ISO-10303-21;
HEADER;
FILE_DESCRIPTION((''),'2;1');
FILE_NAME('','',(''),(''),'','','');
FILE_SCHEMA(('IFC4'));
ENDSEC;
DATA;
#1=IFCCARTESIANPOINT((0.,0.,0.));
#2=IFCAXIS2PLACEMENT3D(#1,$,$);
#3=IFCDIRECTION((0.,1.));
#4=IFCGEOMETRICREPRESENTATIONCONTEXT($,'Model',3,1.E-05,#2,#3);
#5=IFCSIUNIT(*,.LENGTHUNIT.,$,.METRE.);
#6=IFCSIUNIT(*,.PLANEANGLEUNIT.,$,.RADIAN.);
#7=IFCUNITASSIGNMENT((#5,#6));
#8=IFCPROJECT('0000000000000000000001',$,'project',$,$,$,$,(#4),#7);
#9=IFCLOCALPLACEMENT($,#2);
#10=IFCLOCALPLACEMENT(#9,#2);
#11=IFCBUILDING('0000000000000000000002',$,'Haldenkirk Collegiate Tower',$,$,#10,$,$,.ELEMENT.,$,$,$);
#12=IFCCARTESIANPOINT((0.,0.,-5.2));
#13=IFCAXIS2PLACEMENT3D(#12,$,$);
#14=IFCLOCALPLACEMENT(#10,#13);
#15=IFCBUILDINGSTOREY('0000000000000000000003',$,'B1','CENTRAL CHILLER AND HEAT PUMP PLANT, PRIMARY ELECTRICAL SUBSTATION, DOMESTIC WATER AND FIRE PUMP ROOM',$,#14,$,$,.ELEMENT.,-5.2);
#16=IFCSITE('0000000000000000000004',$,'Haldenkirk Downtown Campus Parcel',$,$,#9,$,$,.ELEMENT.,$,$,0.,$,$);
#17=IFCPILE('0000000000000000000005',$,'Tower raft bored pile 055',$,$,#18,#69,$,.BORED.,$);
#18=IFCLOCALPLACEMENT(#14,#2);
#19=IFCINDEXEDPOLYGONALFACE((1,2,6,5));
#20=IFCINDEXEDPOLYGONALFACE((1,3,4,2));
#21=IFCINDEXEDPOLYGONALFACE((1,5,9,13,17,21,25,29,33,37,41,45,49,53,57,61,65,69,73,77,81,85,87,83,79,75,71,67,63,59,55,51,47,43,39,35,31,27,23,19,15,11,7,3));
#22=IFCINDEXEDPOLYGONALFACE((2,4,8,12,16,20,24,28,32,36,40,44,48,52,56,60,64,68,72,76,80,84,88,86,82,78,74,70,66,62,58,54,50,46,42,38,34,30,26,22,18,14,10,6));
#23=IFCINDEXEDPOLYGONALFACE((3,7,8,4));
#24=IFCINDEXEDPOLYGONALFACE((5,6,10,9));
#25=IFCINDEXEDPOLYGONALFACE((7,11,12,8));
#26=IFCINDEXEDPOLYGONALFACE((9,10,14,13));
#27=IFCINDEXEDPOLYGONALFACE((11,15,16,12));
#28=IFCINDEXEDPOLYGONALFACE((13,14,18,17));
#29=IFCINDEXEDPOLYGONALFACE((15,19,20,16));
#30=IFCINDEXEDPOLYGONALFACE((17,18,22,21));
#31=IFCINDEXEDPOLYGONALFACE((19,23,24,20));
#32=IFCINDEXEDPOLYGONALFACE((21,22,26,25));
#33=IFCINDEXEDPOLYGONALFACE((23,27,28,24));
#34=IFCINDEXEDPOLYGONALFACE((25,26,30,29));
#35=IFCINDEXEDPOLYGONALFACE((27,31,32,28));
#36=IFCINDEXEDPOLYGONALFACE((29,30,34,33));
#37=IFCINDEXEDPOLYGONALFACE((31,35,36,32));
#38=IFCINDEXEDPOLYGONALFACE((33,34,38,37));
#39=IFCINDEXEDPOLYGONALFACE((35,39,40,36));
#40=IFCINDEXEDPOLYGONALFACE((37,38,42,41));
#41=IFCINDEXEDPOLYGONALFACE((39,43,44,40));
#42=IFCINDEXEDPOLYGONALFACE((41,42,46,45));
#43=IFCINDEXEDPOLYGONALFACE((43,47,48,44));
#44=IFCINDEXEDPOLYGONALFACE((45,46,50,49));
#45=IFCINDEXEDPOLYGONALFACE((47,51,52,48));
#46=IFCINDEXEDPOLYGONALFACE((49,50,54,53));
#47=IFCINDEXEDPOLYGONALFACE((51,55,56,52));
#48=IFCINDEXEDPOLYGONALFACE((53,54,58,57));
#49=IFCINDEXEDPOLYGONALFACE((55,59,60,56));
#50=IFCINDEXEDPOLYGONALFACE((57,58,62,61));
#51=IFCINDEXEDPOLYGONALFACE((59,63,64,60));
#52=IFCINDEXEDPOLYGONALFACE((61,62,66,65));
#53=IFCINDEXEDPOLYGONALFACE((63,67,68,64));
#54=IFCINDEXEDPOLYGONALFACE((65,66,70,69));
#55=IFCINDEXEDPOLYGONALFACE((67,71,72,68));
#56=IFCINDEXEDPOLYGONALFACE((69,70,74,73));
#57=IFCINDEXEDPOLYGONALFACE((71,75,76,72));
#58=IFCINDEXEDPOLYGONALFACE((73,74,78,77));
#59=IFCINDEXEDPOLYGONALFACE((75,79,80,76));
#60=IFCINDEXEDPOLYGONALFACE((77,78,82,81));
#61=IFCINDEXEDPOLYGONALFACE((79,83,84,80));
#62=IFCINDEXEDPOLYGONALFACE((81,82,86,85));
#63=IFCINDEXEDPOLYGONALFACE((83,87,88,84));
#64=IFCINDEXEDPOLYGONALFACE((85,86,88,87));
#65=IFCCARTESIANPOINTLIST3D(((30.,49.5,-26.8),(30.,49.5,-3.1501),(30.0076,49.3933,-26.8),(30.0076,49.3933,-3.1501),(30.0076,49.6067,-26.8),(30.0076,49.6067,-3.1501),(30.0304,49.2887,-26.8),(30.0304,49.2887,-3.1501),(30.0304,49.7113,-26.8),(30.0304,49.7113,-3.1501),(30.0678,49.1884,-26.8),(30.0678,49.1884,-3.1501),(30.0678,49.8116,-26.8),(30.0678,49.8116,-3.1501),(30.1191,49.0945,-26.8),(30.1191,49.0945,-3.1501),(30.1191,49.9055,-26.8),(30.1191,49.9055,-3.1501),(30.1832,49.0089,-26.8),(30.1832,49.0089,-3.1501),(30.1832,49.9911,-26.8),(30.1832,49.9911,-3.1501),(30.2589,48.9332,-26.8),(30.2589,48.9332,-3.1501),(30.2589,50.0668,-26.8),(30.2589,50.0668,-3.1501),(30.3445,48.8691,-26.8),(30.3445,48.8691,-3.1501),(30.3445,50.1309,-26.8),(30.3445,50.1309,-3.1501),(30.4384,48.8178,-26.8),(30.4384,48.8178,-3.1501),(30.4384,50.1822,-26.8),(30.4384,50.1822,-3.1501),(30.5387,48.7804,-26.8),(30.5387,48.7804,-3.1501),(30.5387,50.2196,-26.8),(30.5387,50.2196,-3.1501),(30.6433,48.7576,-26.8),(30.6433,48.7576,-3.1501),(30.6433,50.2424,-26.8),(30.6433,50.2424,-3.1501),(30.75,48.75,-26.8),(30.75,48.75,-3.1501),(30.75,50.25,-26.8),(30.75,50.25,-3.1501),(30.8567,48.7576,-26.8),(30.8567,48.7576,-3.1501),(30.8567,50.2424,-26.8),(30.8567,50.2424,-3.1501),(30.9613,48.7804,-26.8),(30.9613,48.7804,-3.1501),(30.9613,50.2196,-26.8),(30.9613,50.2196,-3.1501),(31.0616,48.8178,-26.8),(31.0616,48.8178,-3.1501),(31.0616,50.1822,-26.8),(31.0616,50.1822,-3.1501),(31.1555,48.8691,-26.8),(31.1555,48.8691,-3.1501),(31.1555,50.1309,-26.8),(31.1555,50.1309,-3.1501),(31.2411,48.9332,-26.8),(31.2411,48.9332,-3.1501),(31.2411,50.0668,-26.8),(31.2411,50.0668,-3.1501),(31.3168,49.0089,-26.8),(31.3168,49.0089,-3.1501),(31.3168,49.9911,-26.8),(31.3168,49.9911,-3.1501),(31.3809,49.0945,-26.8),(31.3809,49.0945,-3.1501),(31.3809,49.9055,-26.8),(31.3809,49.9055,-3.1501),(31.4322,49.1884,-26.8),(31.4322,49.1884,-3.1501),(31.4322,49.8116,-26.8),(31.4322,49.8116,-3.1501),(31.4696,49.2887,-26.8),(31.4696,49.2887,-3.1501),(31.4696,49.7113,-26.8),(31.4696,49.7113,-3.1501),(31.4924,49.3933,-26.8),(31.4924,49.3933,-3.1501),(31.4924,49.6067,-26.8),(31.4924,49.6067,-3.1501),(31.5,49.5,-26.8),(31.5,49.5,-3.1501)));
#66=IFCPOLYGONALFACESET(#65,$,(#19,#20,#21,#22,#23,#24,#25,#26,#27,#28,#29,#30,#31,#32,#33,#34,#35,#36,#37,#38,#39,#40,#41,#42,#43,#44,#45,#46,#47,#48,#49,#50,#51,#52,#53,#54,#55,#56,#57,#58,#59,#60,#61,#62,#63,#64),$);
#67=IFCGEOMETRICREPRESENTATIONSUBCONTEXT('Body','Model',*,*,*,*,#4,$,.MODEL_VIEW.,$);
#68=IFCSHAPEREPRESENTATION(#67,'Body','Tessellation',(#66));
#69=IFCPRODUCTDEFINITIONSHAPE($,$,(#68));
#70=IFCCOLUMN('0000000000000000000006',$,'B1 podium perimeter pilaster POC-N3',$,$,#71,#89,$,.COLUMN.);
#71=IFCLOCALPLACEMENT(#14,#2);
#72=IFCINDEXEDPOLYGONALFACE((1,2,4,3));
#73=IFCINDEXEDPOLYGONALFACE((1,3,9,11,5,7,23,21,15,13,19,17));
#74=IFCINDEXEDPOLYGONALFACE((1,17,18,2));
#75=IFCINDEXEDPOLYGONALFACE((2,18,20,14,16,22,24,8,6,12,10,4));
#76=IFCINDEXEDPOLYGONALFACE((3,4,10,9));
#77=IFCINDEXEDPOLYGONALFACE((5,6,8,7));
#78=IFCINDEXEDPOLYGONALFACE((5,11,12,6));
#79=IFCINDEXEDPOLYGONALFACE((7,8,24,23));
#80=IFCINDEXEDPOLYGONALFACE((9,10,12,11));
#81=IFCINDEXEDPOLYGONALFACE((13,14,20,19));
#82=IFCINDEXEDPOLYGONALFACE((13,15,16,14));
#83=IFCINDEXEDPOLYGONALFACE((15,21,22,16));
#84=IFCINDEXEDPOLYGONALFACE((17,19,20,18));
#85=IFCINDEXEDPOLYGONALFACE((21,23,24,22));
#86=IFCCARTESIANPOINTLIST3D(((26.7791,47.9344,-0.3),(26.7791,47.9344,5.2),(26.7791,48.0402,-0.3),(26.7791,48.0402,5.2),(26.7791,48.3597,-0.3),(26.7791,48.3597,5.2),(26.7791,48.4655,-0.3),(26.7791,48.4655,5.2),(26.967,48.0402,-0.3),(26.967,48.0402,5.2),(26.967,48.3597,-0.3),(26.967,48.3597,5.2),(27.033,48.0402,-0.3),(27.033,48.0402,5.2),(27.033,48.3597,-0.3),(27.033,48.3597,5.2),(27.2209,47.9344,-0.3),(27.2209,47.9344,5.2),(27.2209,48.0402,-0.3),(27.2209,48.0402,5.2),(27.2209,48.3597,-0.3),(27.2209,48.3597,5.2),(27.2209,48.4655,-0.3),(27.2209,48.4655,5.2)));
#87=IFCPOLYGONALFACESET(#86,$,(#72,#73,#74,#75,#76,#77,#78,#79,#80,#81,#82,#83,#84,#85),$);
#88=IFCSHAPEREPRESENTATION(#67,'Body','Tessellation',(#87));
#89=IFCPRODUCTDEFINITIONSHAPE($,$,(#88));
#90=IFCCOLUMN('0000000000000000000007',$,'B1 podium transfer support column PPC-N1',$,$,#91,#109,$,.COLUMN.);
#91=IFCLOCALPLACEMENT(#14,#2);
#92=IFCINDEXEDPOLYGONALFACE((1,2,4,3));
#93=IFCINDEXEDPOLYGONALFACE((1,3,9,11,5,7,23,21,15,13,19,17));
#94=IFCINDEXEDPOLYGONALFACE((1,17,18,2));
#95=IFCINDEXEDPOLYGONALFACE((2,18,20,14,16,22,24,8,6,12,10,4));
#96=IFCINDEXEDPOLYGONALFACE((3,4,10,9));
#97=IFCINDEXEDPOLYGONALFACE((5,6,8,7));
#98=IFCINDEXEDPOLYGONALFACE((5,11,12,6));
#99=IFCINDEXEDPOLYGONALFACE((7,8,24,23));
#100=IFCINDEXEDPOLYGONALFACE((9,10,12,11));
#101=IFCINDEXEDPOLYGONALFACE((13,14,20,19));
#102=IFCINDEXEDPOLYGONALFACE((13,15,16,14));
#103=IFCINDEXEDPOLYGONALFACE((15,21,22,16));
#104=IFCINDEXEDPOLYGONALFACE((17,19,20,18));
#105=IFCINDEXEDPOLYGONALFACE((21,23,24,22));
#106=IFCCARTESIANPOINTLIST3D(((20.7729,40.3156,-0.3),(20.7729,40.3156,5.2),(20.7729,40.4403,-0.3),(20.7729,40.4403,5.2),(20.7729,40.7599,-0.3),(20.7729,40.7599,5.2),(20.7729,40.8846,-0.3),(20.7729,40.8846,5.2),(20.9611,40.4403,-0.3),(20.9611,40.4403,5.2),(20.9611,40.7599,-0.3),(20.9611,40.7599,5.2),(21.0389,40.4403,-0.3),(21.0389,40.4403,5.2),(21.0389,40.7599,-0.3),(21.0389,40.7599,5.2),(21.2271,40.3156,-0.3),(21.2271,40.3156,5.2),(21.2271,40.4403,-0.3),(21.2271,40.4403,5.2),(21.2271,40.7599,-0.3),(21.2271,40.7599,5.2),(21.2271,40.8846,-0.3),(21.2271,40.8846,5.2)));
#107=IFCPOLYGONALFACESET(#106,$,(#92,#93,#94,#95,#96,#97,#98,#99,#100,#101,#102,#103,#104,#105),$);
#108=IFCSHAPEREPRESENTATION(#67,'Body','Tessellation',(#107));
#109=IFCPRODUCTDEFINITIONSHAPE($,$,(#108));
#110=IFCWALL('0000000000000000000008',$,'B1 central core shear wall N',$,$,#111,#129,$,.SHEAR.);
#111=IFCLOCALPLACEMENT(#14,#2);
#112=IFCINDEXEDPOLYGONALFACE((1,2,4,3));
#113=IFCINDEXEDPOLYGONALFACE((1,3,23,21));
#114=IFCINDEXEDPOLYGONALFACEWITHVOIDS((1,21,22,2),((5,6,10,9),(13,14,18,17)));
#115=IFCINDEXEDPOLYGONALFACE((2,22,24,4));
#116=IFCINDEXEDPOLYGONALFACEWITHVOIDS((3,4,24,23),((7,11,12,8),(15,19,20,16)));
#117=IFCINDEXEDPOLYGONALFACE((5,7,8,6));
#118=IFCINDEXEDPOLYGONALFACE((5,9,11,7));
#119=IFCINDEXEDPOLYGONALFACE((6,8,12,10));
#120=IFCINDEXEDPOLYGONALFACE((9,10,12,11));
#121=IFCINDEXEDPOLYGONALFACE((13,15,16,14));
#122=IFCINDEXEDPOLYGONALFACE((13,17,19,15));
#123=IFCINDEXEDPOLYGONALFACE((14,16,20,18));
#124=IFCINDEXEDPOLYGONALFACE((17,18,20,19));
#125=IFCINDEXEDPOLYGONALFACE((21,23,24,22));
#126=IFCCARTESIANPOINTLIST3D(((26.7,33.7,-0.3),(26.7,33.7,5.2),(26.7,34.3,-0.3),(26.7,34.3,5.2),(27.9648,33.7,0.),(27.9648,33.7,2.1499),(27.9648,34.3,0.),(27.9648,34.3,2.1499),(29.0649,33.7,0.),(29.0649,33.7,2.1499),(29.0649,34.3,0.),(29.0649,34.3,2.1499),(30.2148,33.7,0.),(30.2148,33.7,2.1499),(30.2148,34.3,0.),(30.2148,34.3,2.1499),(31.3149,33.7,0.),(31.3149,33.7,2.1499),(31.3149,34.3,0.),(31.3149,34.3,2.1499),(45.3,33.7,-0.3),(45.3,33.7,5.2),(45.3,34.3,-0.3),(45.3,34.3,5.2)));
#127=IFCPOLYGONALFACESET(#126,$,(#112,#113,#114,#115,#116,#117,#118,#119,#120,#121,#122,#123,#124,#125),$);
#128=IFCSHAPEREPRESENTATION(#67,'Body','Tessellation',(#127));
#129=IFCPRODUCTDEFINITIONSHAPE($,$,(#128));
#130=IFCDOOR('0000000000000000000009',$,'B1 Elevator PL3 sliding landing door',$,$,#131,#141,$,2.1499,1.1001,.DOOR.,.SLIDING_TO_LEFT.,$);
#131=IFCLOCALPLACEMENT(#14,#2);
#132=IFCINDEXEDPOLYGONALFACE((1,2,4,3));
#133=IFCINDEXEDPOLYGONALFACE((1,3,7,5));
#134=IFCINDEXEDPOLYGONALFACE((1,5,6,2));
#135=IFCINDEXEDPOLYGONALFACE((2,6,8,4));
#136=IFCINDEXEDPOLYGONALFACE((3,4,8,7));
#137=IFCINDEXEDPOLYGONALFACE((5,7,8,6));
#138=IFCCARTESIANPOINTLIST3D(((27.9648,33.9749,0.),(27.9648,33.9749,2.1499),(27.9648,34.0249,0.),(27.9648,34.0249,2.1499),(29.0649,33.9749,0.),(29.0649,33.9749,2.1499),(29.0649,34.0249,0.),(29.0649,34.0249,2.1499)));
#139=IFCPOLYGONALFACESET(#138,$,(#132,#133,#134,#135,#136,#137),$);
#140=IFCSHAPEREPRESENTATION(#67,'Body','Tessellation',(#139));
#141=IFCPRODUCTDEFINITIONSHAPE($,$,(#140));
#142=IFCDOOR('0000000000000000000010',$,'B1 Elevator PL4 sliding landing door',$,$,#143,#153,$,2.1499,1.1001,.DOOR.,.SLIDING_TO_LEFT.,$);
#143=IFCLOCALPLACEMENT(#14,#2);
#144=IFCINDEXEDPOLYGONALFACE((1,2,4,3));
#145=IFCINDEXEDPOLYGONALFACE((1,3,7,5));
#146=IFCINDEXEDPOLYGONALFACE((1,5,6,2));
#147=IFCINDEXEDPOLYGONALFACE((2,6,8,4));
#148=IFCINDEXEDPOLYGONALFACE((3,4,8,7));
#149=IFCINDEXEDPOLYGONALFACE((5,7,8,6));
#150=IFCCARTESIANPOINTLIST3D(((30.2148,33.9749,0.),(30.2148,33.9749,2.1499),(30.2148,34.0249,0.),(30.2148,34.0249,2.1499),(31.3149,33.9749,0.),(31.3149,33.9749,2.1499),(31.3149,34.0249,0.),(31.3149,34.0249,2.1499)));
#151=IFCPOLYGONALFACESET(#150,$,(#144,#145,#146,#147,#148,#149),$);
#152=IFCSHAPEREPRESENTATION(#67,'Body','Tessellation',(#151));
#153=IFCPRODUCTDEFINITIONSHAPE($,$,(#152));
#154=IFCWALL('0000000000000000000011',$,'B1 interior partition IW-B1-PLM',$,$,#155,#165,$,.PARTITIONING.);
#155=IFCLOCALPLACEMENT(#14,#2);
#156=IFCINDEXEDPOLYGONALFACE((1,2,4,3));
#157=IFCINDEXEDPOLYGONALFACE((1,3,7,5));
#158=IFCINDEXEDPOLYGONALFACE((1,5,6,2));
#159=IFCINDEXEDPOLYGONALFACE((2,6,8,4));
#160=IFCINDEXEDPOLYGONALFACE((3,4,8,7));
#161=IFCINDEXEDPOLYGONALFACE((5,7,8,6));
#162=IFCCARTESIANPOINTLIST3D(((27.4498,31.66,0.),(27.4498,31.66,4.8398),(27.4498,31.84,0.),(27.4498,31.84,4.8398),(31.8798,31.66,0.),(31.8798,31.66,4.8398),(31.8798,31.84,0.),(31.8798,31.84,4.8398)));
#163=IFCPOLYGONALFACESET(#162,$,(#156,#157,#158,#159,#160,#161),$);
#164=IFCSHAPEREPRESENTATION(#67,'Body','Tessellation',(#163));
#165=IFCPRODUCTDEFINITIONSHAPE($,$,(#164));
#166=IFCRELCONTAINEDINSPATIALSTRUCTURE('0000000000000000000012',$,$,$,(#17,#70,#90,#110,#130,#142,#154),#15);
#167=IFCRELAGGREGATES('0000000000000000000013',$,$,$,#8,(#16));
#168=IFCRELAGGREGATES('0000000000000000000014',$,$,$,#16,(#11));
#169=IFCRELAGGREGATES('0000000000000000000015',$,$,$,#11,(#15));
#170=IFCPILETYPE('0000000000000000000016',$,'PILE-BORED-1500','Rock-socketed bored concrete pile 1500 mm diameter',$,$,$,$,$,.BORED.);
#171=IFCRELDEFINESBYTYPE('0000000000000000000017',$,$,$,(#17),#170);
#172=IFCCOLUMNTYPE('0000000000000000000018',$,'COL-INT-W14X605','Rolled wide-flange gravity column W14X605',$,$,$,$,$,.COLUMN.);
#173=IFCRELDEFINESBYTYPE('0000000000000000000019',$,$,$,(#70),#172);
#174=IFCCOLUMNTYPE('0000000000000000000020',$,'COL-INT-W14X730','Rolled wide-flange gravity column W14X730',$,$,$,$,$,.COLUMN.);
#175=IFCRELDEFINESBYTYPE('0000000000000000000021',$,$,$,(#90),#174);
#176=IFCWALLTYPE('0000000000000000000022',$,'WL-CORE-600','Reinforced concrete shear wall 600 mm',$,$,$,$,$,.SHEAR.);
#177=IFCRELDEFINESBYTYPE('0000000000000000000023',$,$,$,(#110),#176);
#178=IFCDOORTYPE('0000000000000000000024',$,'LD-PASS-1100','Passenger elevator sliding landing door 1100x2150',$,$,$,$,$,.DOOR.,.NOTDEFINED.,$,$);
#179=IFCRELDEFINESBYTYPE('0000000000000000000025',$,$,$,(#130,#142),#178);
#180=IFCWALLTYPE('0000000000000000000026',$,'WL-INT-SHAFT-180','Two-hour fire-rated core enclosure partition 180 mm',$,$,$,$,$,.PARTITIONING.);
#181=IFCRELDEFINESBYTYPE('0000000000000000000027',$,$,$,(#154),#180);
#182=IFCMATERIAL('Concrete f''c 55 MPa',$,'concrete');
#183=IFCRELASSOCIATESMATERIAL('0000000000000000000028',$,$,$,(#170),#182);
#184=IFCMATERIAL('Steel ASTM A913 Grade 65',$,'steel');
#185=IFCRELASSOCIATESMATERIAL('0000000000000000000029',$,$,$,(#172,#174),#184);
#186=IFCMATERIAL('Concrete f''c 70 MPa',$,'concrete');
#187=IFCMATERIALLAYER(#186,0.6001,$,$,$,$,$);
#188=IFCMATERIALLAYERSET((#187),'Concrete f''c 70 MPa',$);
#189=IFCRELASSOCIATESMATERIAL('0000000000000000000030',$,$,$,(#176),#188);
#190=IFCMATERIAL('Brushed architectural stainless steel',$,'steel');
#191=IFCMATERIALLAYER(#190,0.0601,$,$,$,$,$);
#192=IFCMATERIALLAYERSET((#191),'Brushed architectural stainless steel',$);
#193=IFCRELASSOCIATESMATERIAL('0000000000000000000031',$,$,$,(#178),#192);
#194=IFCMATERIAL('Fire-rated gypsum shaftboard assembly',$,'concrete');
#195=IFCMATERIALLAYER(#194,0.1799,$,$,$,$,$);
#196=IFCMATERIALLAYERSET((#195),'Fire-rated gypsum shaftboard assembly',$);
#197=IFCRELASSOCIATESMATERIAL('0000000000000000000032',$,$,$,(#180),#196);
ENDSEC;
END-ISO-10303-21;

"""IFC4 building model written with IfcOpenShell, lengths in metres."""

from ifc_helpers import new_model, si_unit, direction, frame, frame_2d, origin, origin_2d, place, context, subcontext, project, spatial, rectangle, circle, i_section, extrude, material, layer, layer_set, material_profile, profile_set, type_object, element, fill, save


model = new_model("IFC4")

# Units and contexts
model_context = context("Model", 3, precision=1e-05, world=origin(), true_north=direction((0.0, 1.0)))
body_context = subcontext(model_context, "Body", "Model", "MODEL_VIEW")
ifc_project = project(units=[si_unit("LENGTHUNIT", "METRE"), si_unit("PLANEANGLEUNIT", "RADIAN")], contexts=[model_context])

# Site, building, storey
site_placement = place(None, origin())
site = spatial("IfcSite", under=ifc_project, at=site_placement, Name="Haldenkirk Downtown Campus Parcel", CompositionType="ELEMENT", RefElevation=0.0)
building_placement = place(site_placement, origin())
building = spatial("IfcBuilding", under=site, at=building_placement, Name="Haldenkirk Collegiate Tower", CompositionType="ELEMENT")
storey_placement = place(building_placement, frame((0.0, 0.0, -5.2)))
storey = spatial("IfcBuildingStorey", under=building, at=storey_placement, Name="B1", Description="CENTRAL CHILLER AND HEAT PUMP PLANT, PRIMARY ELECTRICAL SUBSTATION, DOMESTIC WATER AND FIRE PUMP ROOM", CompositionType="ELEMENT", Elevation=-5.2)

# Pile
ifc_material_1 = material(Name="Concrete f'c 55 MPa", Category="concrete")
ifc_material_profile_1 = material_profile(ifc_material_1, circle(Radius=0.75, at=origin_2d()), Name="PILE1500")
ifc_profile_set_1 = profile_set([ifc_material_profile_1], Name="Concrete f'c 55 MPa")
pile_type = type_object("IfcPileType", Name="PILE-BORED-1500", Description="Rock-socketed bored concrete pile 1500 mm diameter", PredefinedType="BORED", material=ifc_profile_set_1)
for number, where, z_axis, x_axis, name in (
    (1, (30.75, 49.5, -3.1501), (0.0, 0.0, -1.0), (1.0, 0.0, 0.0), "Tower raft bored pile 055"),
):
    element("IfcPile", number, at=place(storey_placement, frame(where, z_axis=z_axis, x_axis=x_axis)), inside=storey, type_object=pile_type, Name=name, PredefinedType="BORED", context=body_context, shape_type="SweptSolid", body=[
        extrude(circle(Radius=0.75, at=origin_2d()), origin(), (0.0, 0.0, 1.0), 23.6499),
    ])

# Columns
ifc_material_2 = material(Name="Steel ASTM A913 Grade 65", Category="steel")
ifc_material_profile_2 = material_profile(ifc_material_2, i_section(OverallWidth=0.4419, OverallDepth=0.531, WebThickness=0.0659, FlangeThickness=0.1057, at=origin_2d()), Name="W14X605")
ifc_profile_set_2 = profile_set([ifc_material_profile_2], Name="Steel ASTM A913 Grade 65")
column_type_1 = type_object("IfcColumnType", Name="COL-INT-W14X605", Description="Rolled wide-flange gravity column W14X605", PredefinedType="COLUMN", material=ifc_profile_set_2)
column_1_placement = place(storey_placement, frame((27.0, 48.2, -0.3), z_axis=(0.0, 0.0, 1.0), x_axis=(1.0, 0.0, 0.0)))
element("IfcColumn", 2, at=column_1_placement, inside=storey, type_object=column_type_1, Name="B1 podium perimeter pilaster POC-N3", PredefinedType="COLUMN", context=body_context, shape_type="SweptSolid", body=[
    extrude(i_section(OverallWidth=0.4419, OverallDepth=0.531, WebThickness=0.0659, FlangeThickness=0.1057, at=origin_2d()), origin(), (0.0, 0.0, 1.0), 5.5),
])
ifc_material_profile_3 = material_profile(ifc_material_2, i_section(OverallWidth=0.4541, OverallDepth=0.5691, WebThickness=0.0779, FlangeThickness=0.1248, at=origin_2d()), Name="W14X730")
ifc_profile_set_3 = profile_set([ifc_material_profile_3], Name="Steel ASTM A913 Grade 65")
column_type_2 = type_object("IfcColumnType", Name="COL-INT-W14X730", Description="Rolled wide-flange gravity column W14X730", PredefinedType="COLUMN", material=ifc_profile_set_3)
column_2_placement = place(storey_placement, frame((21.0, 40.6001, -0.3), z_axis=(0.0, 0.0, 1.0), x_axis=(1.0, 0.0, 0.0)))
element("IfcColumn", 3, at=column_2_placement, inside=storey, type_object=column_type_2, Name="B1 podium transfer support column PPC-N1", PredefinedType="COLUMN", context=body_context, shape_type="SweptSolid", body=[
    extrude(i_section(OverallWidth=0.4541, OverallDepth=0.5691, WebThickness=0.0779, FlangeThickness=0.1248, at=origin_2d()), origin(), (0.0, 0.0, 1.0), 5.5),
])

# Wall, openings, doors
ifc_material_3 = material(Name="Concrete f'c 70 MPa", Category="concrete")
ifc_layer_1 = layer(ifc_material_3, 0.6001)
ifc_layer_set_1 = layer_set([ifc_layer_1], Name="Concrete f'c 70 MPa")
wall_type_1 = type_object("IfcWallType", Name="WL-CORE-600", Description="Reinforced concrete shear wall 600 mm", PredefinedType="SHEAR", material=ifc_layer_set_1)
wall_1_placement = place(storey_placement, frame((26.7, 34.0, -0.3), z_axis=(0.0, 0.0, 1.0), x_axis=(1.0, 0.0, 0.0)))
wall_1 = element("IfcWall", 4, at=wall_1_placement, inside=storey, type_object=wall_type_1, Name="B1 central core shear wall N", PredefinedType="SHEAR", context=body_context, shape_type="SweptSolid", body=[
    extrude(rectangle(XDim=18.6001, YDim=0.6001, at=frame_2d((9.3, 0.0))), origin(), (0.0, 0.0, 1.0), 5.5),
])
opening_1_placement = place(wall_1_placement, frame((1.2649, 0.0, 0.3)))
opening_1 = element("IfcOpeningElement", 5, at=opening_1_placement, cuts=wall_1, PredefinedType="OPENING", context=body_context, shape_type="SweptSolid", body=[
    extrude(rectangle(XDim=1.1001, YDim=2.1499, at=frame_2d((0.55, 1.075))), frame((0.0, 0.3101, 0.0), z_axis=(0.0, -1.0, 0.0), x_axis=(1.0, 0.0, 0.0)), (0.0, 0.0, 1.0), 0.6201),
])
opening_2_placement = place(wall_1_placement, frame((3.5149, 0.0, 0.3)))
opening_2 = element("IfcOpeningElement", 6, at=opening_2_placement, cuts=wall_1, PredefinedType="OPENING", context=body_context, shape_type="SweptSolid", body=[
    extrude(rectangle(XDim=1.1001, YDim=2.1499, at=frame_2d((0.55, 1.075))), frame((0.0, 0.3101, 0.0), z_axis=(0.0, -1.0, 0.0), x_axis=(1.0, 0.0, 0.0)), (0.0, 0.0, 1.0), 0.6201),
])
ifc_material_4 = material(Name="Brushed architectural stainless steel", Category="steel")
ifc_layer_2 = layer(ifc_material_4, 0.0601)
ifc_layer_set_2 = layer_set([ifc_layer_2], Name="Brushed architectural stainless steel")
door_type = type_object("IfcDoorType", Name="LD-PASS-1100", Description="Passenger elevator sliding landing door 1100x2150", OperationType="NOTDEFINED", PredefinedType="DOOR", material=ifc_layer_set_2)
door_1_placement = place(opening_1_placement, origin())
door_1 = element("IfcDoor", 7, at=door_1_placement, inside=storey, type_object=door_type, Name="B1 Elevator PL3 sliding landing door", OperationType="SLIDING_TO_LEFT", OverallHeight=2.1499, OverallWidth=1.1001, PredefinedType="DOOR", context=body_context, shape_type="SweptSolid", body=[
    extrude(rectangle(XDim=1.1001, YDim=2.1499, at=frame_2d((0.55, 1.075))), frame((0.0, 0.0249, 0.0), z_axis=(0.0, -1.0, 0.0), x_axis=(1.0, 0.0, 0.0)), (0.0, 0.0, 1.0), 0.05),
])
fill(opening_1, door_1)
door_2_placement = place(opening_2_placement, origin())
door_2 = element("IfcDoor", 8, at=door_2_placement, inside=storey, type_object=door_type, Name="B1 Elevator PL4 sliding landing door", OperationType="SLIDING_TO_LEFT", OverallHeight=2.1499, OverallWidth=1.1001, PredefinedType="DOOR", context=body_context, shape_type="SweptSolid", body=[
    extrude(rectangle(XDim=1.1001, YDim=2.1499, at=frame_2d((0.55, 1.075))), frame((0.0, 0.0249, 0.0), z_axis=(0.0, -1.0, 0.0), x_axis=(1.0, 0.0, 0.0)), (0.0, 0.0, 1.0), 0.05),
])
fill(opening_2, door_2)

# Wall
ifc_material_5 = material(Name="Fire-rated gypsum shaftboard assembly", Category="concrete")
ifc_layer_3 = layer(ifc_material_5, 0.1799)
ifc_layer_set_3 = layer_set([ifc_layer_3], Name="Fire-rated gypsum shaftboard assembly")
wall_type_2 = type_object("IfcWallType", Name="WL-INT-SHAFT-180", Description="Two-hour fire-rated core enclosure partition 180 mm", PredefinedType="PARTITIONING", material=ifc_layer_set_3)
wall_2_placement = place(storey_placement, frame((27.45, 31.75, 0.0), z_axis=(0.0, 0.0, 1.0), x_axis=(1.0, 0.0, 0.0)))
element("IfcWall", 9, at=wall_2_placement, inside=storey, type_object=wall_type_2, Name="B1 interior partition IW-B1-PLM", PredefinedType="PARTITIONING", context=body_context, shape_type="SweptSolid", body=[
    extrude(rectangle(XDim=4.4299, YDim=0.1799, at=frame_2d((2.2148, 0.0))), origin(), (0.0, 0.0, 1.0), 4.8398),
])

save(model, "model.ifc")
